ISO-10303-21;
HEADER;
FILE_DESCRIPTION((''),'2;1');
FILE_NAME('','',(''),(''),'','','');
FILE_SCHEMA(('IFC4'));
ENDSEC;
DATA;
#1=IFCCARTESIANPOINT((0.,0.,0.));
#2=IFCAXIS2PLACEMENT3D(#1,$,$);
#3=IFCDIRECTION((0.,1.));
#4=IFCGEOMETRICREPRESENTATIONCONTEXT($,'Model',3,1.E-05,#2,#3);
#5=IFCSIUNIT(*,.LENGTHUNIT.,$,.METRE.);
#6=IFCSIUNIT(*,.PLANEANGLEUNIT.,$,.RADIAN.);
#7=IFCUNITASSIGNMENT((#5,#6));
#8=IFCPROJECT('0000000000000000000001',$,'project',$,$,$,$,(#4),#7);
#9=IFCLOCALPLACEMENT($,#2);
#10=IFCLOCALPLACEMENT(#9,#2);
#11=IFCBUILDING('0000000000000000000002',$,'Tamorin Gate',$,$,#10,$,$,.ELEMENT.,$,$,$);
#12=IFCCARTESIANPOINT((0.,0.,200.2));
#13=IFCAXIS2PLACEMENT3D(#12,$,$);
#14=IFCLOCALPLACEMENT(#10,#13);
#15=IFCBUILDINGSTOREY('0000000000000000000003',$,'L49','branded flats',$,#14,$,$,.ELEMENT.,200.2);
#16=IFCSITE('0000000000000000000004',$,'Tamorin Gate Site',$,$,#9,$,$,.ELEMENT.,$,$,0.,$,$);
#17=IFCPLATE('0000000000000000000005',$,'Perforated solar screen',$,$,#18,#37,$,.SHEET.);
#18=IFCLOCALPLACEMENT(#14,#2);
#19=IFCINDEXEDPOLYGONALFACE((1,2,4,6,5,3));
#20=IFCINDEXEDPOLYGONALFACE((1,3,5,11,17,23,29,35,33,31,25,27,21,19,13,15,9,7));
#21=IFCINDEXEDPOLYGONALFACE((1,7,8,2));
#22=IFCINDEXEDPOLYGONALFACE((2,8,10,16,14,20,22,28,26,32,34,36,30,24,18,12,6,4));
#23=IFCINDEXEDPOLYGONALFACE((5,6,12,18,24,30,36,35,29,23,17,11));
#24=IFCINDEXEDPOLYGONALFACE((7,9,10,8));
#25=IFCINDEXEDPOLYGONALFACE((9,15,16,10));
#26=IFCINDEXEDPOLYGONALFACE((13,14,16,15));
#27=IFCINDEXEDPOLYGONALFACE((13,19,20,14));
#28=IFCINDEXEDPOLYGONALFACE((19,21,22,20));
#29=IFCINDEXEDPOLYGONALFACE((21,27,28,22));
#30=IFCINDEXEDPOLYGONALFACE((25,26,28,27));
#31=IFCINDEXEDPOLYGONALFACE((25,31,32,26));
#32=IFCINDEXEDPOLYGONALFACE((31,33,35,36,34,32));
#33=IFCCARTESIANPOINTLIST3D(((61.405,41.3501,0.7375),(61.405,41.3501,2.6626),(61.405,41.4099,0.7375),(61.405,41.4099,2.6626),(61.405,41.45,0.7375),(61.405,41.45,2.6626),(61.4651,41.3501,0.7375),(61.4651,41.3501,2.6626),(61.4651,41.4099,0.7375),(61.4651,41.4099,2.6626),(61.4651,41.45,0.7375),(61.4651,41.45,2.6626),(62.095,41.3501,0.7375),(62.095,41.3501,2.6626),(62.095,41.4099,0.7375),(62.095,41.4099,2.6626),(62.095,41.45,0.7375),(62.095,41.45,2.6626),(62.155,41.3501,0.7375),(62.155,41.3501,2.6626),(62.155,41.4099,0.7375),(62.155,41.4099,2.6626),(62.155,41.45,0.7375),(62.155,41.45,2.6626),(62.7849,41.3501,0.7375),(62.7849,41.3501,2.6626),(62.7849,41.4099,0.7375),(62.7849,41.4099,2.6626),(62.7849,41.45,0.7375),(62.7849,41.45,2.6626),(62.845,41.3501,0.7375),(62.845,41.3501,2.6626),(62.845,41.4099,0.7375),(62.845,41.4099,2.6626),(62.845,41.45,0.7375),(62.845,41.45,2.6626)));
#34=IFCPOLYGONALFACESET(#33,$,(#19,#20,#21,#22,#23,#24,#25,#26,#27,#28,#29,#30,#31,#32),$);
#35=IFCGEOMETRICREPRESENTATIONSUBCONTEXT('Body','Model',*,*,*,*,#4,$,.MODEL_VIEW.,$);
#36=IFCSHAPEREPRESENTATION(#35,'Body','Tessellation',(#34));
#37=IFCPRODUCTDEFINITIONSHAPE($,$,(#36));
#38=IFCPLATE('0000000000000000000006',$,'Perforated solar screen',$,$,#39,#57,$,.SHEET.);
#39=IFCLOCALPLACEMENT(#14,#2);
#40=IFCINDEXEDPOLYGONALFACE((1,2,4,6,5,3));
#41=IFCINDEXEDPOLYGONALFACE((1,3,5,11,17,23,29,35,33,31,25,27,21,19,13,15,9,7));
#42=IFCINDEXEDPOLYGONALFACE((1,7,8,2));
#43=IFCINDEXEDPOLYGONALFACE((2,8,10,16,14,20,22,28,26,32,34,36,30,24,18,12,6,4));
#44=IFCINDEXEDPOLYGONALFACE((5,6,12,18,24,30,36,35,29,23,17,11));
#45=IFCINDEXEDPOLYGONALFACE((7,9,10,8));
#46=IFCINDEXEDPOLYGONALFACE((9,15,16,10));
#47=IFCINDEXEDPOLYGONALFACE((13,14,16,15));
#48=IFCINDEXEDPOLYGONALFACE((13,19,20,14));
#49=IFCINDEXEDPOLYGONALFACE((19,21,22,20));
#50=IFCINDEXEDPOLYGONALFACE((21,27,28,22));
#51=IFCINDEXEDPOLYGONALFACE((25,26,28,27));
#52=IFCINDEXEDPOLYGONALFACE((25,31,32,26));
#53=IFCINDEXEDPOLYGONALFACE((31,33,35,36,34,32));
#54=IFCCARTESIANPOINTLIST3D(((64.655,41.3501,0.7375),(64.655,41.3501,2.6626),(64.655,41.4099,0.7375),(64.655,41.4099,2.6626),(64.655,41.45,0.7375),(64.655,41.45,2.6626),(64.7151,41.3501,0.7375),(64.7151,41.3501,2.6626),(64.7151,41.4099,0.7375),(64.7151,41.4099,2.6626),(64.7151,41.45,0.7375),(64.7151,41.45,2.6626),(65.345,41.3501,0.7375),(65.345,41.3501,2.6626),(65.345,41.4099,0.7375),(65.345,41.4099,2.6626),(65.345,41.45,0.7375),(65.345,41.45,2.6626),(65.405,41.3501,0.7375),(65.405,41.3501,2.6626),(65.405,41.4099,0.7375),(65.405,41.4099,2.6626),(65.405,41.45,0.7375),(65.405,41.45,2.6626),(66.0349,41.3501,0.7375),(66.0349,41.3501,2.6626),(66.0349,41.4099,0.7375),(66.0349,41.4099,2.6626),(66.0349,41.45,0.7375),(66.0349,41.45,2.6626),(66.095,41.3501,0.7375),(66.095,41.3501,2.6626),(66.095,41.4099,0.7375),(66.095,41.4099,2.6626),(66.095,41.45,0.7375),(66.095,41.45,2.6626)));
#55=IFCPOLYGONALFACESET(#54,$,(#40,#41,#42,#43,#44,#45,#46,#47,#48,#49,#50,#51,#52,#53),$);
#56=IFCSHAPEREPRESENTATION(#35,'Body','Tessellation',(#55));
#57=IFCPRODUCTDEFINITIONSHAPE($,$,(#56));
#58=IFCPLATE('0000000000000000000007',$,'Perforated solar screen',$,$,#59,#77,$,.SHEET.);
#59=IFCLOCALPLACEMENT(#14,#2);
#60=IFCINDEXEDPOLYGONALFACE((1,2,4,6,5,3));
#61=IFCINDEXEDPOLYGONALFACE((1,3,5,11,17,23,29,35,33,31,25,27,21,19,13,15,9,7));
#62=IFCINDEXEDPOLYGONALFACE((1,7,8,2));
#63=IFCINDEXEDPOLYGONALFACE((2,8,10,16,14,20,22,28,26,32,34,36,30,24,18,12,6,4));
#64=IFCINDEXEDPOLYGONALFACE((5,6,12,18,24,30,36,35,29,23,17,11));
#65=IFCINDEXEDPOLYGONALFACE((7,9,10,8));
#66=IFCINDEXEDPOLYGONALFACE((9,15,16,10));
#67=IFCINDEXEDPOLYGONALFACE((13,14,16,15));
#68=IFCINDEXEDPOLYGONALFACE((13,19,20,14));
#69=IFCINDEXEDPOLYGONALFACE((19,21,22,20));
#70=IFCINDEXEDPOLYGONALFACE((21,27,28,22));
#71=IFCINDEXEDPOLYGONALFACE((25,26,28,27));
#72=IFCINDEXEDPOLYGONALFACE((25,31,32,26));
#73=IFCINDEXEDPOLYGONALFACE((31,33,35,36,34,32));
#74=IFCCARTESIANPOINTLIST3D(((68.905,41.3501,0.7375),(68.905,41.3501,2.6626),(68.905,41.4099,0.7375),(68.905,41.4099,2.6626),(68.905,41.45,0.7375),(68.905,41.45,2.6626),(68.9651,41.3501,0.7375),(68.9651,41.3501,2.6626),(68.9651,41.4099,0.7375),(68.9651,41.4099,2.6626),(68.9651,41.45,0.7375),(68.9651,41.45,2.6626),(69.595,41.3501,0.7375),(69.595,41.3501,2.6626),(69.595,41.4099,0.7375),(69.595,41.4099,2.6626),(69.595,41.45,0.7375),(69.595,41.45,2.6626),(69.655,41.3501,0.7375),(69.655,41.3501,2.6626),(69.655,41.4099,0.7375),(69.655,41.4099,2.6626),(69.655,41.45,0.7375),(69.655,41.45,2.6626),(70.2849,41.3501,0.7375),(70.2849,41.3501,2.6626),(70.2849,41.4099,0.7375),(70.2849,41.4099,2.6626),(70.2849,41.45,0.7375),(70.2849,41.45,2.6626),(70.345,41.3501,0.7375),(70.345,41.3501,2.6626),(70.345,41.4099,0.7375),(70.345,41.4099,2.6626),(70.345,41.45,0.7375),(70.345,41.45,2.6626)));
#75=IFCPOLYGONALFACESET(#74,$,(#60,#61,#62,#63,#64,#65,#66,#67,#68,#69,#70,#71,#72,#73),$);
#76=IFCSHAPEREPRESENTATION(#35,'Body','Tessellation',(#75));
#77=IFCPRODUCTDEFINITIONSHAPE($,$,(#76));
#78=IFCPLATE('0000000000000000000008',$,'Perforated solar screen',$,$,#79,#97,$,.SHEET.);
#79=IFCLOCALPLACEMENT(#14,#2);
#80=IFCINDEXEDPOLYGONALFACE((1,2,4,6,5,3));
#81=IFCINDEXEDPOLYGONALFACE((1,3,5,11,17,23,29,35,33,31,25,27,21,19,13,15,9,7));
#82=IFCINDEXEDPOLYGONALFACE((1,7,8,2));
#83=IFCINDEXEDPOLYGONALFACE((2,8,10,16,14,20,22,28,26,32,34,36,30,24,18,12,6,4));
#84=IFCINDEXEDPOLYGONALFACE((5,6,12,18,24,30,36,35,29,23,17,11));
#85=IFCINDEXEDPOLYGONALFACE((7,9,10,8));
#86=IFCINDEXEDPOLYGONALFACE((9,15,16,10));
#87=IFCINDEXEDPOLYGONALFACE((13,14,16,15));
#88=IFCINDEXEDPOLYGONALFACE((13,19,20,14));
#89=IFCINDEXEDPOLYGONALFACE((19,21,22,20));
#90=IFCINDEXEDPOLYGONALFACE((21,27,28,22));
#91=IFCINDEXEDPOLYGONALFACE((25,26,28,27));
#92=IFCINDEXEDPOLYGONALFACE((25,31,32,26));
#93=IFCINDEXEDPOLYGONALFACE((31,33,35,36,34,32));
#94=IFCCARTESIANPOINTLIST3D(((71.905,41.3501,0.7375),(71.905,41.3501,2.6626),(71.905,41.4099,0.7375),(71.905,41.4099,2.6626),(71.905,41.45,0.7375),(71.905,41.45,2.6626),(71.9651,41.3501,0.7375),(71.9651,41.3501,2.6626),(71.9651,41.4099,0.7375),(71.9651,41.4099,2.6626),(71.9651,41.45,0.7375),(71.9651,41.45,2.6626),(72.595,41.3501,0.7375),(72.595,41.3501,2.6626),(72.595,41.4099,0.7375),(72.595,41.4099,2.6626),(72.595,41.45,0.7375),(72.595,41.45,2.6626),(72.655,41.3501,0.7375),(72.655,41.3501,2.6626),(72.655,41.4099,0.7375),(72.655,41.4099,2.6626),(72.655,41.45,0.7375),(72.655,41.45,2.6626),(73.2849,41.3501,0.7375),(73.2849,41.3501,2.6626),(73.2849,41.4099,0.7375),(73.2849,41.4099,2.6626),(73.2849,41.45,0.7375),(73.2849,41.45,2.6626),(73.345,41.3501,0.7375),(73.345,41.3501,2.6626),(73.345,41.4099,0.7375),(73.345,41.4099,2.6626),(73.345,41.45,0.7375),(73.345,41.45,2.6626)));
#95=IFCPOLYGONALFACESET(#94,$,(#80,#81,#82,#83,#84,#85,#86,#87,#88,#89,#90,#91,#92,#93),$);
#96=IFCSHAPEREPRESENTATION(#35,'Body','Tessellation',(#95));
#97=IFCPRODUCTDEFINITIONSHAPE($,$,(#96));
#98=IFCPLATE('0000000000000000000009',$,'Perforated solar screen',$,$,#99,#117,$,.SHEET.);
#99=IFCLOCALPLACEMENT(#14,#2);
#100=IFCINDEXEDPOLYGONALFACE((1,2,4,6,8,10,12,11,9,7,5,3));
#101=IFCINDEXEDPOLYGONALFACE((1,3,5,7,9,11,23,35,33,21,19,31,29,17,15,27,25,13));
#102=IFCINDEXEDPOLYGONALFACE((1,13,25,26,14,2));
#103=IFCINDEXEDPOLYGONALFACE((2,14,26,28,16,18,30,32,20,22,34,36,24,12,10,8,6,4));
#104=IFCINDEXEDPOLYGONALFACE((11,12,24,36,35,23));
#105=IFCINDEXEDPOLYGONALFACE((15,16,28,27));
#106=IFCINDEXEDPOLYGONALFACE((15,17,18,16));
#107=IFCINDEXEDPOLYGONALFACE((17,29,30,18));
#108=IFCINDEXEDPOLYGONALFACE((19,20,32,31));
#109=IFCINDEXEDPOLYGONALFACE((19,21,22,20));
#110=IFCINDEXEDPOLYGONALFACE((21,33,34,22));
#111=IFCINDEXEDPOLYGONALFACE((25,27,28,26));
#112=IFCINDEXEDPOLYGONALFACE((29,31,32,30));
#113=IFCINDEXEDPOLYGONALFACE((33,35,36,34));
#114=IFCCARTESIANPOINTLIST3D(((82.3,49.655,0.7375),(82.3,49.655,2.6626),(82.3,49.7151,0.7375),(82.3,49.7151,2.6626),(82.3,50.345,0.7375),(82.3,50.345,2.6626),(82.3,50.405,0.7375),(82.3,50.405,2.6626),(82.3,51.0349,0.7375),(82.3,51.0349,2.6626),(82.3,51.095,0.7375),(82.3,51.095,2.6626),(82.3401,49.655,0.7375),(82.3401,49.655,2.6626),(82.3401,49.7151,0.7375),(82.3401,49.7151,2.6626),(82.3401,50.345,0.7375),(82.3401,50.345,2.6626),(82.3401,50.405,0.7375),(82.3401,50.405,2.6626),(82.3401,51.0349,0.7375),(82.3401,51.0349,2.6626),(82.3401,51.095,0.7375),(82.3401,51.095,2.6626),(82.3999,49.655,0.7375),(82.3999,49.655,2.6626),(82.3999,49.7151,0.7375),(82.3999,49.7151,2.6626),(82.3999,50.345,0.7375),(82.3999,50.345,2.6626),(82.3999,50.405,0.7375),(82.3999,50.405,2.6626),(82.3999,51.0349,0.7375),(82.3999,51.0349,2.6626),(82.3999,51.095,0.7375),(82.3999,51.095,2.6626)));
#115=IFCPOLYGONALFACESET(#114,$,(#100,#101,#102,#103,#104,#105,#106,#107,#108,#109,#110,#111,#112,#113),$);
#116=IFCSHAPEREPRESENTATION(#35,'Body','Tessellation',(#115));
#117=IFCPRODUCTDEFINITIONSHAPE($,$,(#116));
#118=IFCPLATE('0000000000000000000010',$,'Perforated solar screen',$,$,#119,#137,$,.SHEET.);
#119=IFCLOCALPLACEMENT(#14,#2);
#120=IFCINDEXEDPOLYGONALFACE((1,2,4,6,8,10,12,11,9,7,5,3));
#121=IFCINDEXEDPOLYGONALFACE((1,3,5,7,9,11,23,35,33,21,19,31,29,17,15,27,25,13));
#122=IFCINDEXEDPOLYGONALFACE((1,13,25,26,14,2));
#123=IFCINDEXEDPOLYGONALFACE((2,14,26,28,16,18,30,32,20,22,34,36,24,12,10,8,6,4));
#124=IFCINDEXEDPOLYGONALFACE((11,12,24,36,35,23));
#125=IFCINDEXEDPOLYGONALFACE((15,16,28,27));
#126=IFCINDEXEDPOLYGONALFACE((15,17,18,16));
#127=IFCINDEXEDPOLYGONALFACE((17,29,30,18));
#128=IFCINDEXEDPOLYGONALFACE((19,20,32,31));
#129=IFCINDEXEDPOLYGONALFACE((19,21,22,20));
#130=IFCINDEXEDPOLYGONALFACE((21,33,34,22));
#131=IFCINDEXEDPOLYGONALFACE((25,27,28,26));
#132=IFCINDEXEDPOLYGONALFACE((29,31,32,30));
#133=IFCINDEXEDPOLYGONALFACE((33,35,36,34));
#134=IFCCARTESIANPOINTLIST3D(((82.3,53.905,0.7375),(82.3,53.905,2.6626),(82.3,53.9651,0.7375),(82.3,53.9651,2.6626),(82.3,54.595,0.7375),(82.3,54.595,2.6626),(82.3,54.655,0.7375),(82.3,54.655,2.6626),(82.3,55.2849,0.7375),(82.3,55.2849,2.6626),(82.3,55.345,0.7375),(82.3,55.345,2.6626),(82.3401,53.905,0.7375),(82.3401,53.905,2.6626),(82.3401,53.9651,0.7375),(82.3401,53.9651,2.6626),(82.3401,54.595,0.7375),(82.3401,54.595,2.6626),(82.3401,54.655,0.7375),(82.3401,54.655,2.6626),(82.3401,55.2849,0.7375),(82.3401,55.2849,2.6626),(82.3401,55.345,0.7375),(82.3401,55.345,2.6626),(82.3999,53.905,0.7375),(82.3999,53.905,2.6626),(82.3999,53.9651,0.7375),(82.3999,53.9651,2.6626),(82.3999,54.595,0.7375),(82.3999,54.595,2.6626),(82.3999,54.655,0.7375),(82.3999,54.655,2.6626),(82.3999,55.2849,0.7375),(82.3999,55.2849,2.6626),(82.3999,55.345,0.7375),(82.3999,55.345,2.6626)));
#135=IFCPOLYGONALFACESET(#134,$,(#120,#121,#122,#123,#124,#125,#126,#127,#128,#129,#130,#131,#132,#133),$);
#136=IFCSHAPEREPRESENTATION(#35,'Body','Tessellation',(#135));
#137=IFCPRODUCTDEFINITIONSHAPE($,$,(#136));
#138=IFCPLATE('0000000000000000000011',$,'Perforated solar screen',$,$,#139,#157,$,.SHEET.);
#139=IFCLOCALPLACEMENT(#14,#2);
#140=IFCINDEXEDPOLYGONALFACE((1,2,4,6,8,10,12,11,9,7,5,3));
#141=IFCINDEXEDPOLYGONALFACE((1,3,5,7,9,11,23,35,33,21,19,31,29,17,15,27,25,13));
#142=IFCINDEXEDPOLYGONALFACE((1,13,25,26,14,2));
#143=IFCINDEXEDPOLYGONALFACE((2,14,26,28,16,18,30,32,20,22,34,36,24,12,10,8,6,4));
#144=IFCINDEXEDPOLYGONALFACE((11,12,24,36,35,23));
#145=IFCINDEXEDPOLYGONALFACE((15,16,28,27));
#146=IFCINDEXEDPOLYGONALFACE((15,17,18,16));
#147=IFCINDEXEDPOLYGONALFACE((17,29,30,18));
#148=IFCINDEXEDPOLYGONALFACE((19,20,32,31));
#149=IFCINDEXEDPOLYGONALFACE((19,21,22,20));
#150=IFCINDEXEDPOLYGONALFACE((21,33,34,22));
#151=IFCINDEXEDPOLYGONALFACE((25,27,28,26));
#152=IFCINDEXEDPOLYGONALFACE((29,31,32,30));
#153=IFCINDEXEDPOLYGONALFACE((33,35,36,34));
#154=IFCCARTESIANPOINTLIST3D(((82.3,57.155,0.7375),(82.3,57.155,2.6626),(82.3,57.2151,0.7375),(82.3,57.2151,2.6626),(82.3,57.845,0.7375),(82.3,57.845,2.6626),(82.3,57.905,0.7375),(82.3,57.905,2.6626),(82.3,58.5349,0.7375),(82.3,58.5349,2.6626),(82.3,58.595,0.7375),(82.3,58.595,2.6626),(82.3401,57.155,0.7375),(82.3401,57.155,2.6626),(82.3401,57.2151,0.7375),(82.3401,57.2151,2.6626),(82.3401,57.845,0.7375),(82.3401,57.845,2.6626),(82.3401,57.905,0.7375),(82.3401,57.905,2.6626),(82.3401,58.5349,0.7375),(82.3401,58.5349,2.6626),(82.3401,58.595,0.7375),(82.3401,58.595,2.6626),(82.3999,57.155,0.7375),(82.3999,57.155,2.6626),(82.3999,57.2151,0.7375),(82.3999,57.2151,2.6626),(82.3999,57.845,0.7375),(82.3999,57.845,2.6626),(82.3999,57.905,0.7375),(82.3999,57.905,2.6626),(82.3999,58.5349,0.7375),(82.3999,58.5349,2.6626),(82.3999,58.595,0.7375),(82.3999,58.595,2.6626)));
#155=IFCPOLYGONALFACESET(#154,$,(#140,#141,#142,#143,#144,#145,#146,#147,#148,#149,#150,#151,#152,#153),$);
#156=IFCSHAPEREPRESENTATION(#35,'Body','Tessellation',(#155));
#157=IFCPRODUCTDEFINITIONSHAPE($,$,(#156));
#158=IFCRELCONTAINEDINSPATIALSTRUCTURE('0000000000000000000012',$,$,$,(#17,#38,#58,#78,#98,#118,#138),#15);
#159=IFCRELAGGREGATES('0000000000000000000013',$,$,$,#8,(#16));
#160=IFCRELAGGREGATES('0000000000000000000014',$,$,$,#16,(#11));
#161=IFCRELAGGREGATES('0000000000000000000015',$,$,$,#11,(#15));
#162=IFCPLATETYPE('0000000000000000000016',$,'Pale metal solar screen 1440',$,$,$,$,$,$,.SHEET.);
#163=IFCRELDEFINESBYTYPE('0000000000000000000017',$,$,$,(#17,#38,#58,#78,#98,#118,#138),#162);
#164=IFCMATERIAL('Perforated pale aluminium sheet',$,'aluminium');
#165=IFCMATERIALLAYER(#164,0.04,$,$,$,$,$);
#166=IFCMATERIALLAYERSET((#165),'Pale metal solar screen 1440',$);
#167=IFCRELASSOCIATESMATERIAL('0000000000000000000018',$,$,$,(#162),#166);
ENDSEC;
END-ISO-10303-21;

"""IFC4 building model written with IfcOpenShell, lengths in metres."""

from ifc_helpers import new_model, si_unit, direction, frame, origin, place, context, subcontext, project, spatial, polyline, outline, extrude, material, layer, layer_set, type_object, element, save


model = new_model("IFC4")

# Units and contexts
model_context = context("Model", 3, precision=1e-05, world=origin(), true_north=direction((0.0, 1.0)))
body_context = subcontext(model_context, "Body", "Model", "MODEL_VIEW")
ifc_project = project(units=[si_unit("LENGTHUNIT", "METRE"), si_unit("PLANEANGLEUNIT", "RADIAN")], contexts=[model_context])

# Site, building, storey
site_placement = place(None, origin())
site = spatial("IfcSite", under=ifc_project, at=site_placement, Name="Tamorin Gate Site", CompositionType="ELEMENT", RefElevation=0.0)
building_placement = place(site_placement, origin())
building = spatial("IfcBuilding", under=site, at=building_placement, Name="Tamorin Gate", CompositionType="ELEMENT")
storey_placement = place(building_placement, frame((0.0, 0.0, 200.2)))
storey = spatial("IfcBuildingStorey", under=building, at=storey_placement, Name="L49", Description="branded flats", CompositionType="ELEMENT", Elevation=200.2)

# Plates
ifc_material_1 = material(Name="Perforated pale aluminium sheet", Category="aluminium")
ifc_layer_1 = layer(ifc_material_1, 0.04)
ifc_layer_set_1 = layer_set([ifc_layer_1], Name="Pale metal solar screen 1440")
plate_type_1 = type_object("IfcPlateType", Name="Pale metal solar screen 1440", PredefinedType="SHEET", material=ifc_layer_set_1)
plate_1_placement = place(storey_placement, frame((0.0, 0.0, 0.7375)))
element("IfcPlate", 1, at=plate_1_placement, inside=storey, type_object=plate_type_1, Name="Perforated solar screen", PredefinedType="SHEET", context=body_context, shape_type="SweptSolid", body=[
    extrude(outline(polyline([(61.405, 41.4099), (61.405, 41.45), (61.4651, 41.45), (62.095, 41.45), (62.155, 41.45), (62.7849, 41.45), (62.845, 41.45), (62.845, 41.4099), (62.845, 41.3501), (62.7849, 41.3501), (62.7849, 41.4099), (62.155, 41.4099), (62.155, 41.3501), (62.095, 41.3501), (62.095, 41.4099), (61.4651, 41.4099), (61.4651, 41.3501), (61.405, 41.3501), (61.405, 41.4099)])), origin(), (0.0, 0.0, 1.0), 1.925),
])
plate_2_placement = place(storey_placement, frame((0.0, 0.0, 0.7375)))
element("IfcPlate", 2, at=plate_2_placement, inside=storey, type_object=plate_type_1, Name="Perforated solar screen", PredefinedType="SHEET", context=body_context, shape_type="SweptSolid", body=[
    extrude(outline(polyline([(64.655, 41.4099), (64.655, 41.45), (64.7151, 41.45), (65.345, 41.45), (65.405, 41.45), (66.0349, 41.45), (66.095, 41.45), (66.095, 41.4099), (66.095, 41.3501), (66.0349, 41.3501), (66.0349, 41.4099), (65.405, 41.4099), (65.405, 41.3501), (65.345, 41.3501), (65.345, 41.4099), (64.7151, 41.4099), (64.7151, 41.3501), (64.655, 41.3501), (64.655, 41.4099)])), origin(), (0.0, 0.0, 1.0), 1.925),
])
plate_3_placement = place(storey_placement, frame((0.0, 0.0, 0.7375)))
element("IfcPlate", 3, at=plate_3_placement, inside=storey, type_object=plate_type_1, Name="Perforated solar screen", PredefinedType="SHEET", context=body_context, shape_type="SweptSolid", body=[
    extrude(outline(polyline([(68.905, 41.4099), (68.905, 41.45), (68.9651, 41.45), (69.595, 41.45), (69.655, 41.45), (70.2849, 41.45), (70.345, 41.45), (70.345, 41.4099), (70.345, 41.3501), (70.2849, 41.3501), (70.2849, 41.4099), (69.655, 41.4099), (69.655, 41.3501), (69.595, 41.3501), (69.595, 41.4099), (68.9651, 41.4099), (68.9651, 41.3501), (68.905, 41.3501), (68.905, 41.4099)])), origin(), (0.0, 0.0, 1.0), 1.925),
])
plate_4_placement = place(storey_placement, frame((0.0, 0.0, 0.7375)))
element("IfcPlate", 4, at=plate_4_placement, inside=storey, type_object=plate_type_1, Name="Perforated solar screen", PredefinedType="SHEET", context=body_context, shape_type="SweptSolid", body=[
    extrude(outline(polyline([(71.905, 41.4099), (71.905, 41.45), (71.9651, 41.45), (72.595, 41.45), (72.655, 41.45), (73.2849, 41.45), (73.345, 41.45), (73.345, 41.4099), (73.345, 41.3501), (73.2849, 41.3501), (73.2849, 41.4099), (72.655, 41.4099), (72.655, 41.3501), (72.595, 41.3501), (72.595, 41.4099), (71.9651, 41.4099), (71.9651, 41.3501), (71.905, 41.3501), (71.905, 41.4099)])), origin(), (0.0, 0.0, 1.0), 1.925),
])
plate_5_placement = place(storey_placement, frame((0.0, 0.0, 0.7375)))
element("IfcPlate", 5, at=plate_5_placement, inside=storey, type_object=plate_type_1, Name="Perforated solar screen", PredefinedType="SHEET", context=body_context, shape_type="SweptSolid", body=[
    extrude(outline(polyline([(82.3401, 49.655), (82.3, 49.655), (82.3, 49.7151), (82.3, 50.345), (82.3, 50.405), (82.3, 51.0349), (82.3, 51.095), (82.3, 51.095), (82.3401, 51.095), (82.3401, 51.095), (82.3999, 51.095), (82.3999, 51.0349), (82.3401, 51.0349), (82.3401, 50.405), (82.3999, 50.405), (82.3999, 50.345), (82.3401, 50.345), (82.3401, 49.7151), (82.3999, 49.7151), (82.3999, 49.655), (82.3401, 49.655)])), origin(), (0.0, 0.0, 1.0), 1.925),
])
plate_6_placement = place(storey_placement, frame((0.0, 0.0, 0.7375)))
element("IfcPlate", 6, at=plate_6_placement, inside=storey, type_object=plate_type_1, Name="Perforated solar screen", PredefinedType="SHEET", context=body_context, shape_type="SweptSolid", body=[
    extrude(outline(polyline([(82.3401, 53.905), (82.3, 53.905), (82.3, 53.9651), (82.3, 54.595), (82.3, 54.655), (82.3, 55.2849), (82.3, 55.345), (82.3401, 55.345), (82.3999, 55.345), (82.3999, 55.2849), (82.3401, 55.2849), (82.3401, 54.655), (82.3999, 54.655), (82.3999, 54.595), (82.3401, 54.595), (82.3401, 53.9651), (82.3999, 53.9651), (82.3999, 53.905), (82.3401, 53.905)])), origin(), (0.0, 0.0, 1.0), 1.925),
])
plate_7_placement = place(storey_placement, frame((0.0, 0.0, 0.7375)))
element("IfcPlate", 7, at=plate_7_placement, inside=storey, type_object=plate_type_1, Name="Perforated solar screen", PredefinedType="SHEET", context=body_context, shape_type="SweptSolid", body=[
    extrude(outline(polyline([(82.3401, 57.155), (82.3, 57.155), (82.3, 57.2151), (82.3, 57.845), (82.3, 57.905), (82.3, 58.5349), (82.3, 58.595), (82.3401, 58.595), (82.3999, 58.595), (82.3999, 58.5349), (82.3401, 58.5349), (82.3401, 57.905), (82.3999, 57.905), (82.3999, 57.845), (82.3401, 57.845), (82.3401, 57.2151), (82.3999, 57.2151), (82.3999, 57.155), (82.3401, 57.155)])), origin(), (0.0, 0.0, 1.0), 1.925),
])

save(model, "model.ifc")
